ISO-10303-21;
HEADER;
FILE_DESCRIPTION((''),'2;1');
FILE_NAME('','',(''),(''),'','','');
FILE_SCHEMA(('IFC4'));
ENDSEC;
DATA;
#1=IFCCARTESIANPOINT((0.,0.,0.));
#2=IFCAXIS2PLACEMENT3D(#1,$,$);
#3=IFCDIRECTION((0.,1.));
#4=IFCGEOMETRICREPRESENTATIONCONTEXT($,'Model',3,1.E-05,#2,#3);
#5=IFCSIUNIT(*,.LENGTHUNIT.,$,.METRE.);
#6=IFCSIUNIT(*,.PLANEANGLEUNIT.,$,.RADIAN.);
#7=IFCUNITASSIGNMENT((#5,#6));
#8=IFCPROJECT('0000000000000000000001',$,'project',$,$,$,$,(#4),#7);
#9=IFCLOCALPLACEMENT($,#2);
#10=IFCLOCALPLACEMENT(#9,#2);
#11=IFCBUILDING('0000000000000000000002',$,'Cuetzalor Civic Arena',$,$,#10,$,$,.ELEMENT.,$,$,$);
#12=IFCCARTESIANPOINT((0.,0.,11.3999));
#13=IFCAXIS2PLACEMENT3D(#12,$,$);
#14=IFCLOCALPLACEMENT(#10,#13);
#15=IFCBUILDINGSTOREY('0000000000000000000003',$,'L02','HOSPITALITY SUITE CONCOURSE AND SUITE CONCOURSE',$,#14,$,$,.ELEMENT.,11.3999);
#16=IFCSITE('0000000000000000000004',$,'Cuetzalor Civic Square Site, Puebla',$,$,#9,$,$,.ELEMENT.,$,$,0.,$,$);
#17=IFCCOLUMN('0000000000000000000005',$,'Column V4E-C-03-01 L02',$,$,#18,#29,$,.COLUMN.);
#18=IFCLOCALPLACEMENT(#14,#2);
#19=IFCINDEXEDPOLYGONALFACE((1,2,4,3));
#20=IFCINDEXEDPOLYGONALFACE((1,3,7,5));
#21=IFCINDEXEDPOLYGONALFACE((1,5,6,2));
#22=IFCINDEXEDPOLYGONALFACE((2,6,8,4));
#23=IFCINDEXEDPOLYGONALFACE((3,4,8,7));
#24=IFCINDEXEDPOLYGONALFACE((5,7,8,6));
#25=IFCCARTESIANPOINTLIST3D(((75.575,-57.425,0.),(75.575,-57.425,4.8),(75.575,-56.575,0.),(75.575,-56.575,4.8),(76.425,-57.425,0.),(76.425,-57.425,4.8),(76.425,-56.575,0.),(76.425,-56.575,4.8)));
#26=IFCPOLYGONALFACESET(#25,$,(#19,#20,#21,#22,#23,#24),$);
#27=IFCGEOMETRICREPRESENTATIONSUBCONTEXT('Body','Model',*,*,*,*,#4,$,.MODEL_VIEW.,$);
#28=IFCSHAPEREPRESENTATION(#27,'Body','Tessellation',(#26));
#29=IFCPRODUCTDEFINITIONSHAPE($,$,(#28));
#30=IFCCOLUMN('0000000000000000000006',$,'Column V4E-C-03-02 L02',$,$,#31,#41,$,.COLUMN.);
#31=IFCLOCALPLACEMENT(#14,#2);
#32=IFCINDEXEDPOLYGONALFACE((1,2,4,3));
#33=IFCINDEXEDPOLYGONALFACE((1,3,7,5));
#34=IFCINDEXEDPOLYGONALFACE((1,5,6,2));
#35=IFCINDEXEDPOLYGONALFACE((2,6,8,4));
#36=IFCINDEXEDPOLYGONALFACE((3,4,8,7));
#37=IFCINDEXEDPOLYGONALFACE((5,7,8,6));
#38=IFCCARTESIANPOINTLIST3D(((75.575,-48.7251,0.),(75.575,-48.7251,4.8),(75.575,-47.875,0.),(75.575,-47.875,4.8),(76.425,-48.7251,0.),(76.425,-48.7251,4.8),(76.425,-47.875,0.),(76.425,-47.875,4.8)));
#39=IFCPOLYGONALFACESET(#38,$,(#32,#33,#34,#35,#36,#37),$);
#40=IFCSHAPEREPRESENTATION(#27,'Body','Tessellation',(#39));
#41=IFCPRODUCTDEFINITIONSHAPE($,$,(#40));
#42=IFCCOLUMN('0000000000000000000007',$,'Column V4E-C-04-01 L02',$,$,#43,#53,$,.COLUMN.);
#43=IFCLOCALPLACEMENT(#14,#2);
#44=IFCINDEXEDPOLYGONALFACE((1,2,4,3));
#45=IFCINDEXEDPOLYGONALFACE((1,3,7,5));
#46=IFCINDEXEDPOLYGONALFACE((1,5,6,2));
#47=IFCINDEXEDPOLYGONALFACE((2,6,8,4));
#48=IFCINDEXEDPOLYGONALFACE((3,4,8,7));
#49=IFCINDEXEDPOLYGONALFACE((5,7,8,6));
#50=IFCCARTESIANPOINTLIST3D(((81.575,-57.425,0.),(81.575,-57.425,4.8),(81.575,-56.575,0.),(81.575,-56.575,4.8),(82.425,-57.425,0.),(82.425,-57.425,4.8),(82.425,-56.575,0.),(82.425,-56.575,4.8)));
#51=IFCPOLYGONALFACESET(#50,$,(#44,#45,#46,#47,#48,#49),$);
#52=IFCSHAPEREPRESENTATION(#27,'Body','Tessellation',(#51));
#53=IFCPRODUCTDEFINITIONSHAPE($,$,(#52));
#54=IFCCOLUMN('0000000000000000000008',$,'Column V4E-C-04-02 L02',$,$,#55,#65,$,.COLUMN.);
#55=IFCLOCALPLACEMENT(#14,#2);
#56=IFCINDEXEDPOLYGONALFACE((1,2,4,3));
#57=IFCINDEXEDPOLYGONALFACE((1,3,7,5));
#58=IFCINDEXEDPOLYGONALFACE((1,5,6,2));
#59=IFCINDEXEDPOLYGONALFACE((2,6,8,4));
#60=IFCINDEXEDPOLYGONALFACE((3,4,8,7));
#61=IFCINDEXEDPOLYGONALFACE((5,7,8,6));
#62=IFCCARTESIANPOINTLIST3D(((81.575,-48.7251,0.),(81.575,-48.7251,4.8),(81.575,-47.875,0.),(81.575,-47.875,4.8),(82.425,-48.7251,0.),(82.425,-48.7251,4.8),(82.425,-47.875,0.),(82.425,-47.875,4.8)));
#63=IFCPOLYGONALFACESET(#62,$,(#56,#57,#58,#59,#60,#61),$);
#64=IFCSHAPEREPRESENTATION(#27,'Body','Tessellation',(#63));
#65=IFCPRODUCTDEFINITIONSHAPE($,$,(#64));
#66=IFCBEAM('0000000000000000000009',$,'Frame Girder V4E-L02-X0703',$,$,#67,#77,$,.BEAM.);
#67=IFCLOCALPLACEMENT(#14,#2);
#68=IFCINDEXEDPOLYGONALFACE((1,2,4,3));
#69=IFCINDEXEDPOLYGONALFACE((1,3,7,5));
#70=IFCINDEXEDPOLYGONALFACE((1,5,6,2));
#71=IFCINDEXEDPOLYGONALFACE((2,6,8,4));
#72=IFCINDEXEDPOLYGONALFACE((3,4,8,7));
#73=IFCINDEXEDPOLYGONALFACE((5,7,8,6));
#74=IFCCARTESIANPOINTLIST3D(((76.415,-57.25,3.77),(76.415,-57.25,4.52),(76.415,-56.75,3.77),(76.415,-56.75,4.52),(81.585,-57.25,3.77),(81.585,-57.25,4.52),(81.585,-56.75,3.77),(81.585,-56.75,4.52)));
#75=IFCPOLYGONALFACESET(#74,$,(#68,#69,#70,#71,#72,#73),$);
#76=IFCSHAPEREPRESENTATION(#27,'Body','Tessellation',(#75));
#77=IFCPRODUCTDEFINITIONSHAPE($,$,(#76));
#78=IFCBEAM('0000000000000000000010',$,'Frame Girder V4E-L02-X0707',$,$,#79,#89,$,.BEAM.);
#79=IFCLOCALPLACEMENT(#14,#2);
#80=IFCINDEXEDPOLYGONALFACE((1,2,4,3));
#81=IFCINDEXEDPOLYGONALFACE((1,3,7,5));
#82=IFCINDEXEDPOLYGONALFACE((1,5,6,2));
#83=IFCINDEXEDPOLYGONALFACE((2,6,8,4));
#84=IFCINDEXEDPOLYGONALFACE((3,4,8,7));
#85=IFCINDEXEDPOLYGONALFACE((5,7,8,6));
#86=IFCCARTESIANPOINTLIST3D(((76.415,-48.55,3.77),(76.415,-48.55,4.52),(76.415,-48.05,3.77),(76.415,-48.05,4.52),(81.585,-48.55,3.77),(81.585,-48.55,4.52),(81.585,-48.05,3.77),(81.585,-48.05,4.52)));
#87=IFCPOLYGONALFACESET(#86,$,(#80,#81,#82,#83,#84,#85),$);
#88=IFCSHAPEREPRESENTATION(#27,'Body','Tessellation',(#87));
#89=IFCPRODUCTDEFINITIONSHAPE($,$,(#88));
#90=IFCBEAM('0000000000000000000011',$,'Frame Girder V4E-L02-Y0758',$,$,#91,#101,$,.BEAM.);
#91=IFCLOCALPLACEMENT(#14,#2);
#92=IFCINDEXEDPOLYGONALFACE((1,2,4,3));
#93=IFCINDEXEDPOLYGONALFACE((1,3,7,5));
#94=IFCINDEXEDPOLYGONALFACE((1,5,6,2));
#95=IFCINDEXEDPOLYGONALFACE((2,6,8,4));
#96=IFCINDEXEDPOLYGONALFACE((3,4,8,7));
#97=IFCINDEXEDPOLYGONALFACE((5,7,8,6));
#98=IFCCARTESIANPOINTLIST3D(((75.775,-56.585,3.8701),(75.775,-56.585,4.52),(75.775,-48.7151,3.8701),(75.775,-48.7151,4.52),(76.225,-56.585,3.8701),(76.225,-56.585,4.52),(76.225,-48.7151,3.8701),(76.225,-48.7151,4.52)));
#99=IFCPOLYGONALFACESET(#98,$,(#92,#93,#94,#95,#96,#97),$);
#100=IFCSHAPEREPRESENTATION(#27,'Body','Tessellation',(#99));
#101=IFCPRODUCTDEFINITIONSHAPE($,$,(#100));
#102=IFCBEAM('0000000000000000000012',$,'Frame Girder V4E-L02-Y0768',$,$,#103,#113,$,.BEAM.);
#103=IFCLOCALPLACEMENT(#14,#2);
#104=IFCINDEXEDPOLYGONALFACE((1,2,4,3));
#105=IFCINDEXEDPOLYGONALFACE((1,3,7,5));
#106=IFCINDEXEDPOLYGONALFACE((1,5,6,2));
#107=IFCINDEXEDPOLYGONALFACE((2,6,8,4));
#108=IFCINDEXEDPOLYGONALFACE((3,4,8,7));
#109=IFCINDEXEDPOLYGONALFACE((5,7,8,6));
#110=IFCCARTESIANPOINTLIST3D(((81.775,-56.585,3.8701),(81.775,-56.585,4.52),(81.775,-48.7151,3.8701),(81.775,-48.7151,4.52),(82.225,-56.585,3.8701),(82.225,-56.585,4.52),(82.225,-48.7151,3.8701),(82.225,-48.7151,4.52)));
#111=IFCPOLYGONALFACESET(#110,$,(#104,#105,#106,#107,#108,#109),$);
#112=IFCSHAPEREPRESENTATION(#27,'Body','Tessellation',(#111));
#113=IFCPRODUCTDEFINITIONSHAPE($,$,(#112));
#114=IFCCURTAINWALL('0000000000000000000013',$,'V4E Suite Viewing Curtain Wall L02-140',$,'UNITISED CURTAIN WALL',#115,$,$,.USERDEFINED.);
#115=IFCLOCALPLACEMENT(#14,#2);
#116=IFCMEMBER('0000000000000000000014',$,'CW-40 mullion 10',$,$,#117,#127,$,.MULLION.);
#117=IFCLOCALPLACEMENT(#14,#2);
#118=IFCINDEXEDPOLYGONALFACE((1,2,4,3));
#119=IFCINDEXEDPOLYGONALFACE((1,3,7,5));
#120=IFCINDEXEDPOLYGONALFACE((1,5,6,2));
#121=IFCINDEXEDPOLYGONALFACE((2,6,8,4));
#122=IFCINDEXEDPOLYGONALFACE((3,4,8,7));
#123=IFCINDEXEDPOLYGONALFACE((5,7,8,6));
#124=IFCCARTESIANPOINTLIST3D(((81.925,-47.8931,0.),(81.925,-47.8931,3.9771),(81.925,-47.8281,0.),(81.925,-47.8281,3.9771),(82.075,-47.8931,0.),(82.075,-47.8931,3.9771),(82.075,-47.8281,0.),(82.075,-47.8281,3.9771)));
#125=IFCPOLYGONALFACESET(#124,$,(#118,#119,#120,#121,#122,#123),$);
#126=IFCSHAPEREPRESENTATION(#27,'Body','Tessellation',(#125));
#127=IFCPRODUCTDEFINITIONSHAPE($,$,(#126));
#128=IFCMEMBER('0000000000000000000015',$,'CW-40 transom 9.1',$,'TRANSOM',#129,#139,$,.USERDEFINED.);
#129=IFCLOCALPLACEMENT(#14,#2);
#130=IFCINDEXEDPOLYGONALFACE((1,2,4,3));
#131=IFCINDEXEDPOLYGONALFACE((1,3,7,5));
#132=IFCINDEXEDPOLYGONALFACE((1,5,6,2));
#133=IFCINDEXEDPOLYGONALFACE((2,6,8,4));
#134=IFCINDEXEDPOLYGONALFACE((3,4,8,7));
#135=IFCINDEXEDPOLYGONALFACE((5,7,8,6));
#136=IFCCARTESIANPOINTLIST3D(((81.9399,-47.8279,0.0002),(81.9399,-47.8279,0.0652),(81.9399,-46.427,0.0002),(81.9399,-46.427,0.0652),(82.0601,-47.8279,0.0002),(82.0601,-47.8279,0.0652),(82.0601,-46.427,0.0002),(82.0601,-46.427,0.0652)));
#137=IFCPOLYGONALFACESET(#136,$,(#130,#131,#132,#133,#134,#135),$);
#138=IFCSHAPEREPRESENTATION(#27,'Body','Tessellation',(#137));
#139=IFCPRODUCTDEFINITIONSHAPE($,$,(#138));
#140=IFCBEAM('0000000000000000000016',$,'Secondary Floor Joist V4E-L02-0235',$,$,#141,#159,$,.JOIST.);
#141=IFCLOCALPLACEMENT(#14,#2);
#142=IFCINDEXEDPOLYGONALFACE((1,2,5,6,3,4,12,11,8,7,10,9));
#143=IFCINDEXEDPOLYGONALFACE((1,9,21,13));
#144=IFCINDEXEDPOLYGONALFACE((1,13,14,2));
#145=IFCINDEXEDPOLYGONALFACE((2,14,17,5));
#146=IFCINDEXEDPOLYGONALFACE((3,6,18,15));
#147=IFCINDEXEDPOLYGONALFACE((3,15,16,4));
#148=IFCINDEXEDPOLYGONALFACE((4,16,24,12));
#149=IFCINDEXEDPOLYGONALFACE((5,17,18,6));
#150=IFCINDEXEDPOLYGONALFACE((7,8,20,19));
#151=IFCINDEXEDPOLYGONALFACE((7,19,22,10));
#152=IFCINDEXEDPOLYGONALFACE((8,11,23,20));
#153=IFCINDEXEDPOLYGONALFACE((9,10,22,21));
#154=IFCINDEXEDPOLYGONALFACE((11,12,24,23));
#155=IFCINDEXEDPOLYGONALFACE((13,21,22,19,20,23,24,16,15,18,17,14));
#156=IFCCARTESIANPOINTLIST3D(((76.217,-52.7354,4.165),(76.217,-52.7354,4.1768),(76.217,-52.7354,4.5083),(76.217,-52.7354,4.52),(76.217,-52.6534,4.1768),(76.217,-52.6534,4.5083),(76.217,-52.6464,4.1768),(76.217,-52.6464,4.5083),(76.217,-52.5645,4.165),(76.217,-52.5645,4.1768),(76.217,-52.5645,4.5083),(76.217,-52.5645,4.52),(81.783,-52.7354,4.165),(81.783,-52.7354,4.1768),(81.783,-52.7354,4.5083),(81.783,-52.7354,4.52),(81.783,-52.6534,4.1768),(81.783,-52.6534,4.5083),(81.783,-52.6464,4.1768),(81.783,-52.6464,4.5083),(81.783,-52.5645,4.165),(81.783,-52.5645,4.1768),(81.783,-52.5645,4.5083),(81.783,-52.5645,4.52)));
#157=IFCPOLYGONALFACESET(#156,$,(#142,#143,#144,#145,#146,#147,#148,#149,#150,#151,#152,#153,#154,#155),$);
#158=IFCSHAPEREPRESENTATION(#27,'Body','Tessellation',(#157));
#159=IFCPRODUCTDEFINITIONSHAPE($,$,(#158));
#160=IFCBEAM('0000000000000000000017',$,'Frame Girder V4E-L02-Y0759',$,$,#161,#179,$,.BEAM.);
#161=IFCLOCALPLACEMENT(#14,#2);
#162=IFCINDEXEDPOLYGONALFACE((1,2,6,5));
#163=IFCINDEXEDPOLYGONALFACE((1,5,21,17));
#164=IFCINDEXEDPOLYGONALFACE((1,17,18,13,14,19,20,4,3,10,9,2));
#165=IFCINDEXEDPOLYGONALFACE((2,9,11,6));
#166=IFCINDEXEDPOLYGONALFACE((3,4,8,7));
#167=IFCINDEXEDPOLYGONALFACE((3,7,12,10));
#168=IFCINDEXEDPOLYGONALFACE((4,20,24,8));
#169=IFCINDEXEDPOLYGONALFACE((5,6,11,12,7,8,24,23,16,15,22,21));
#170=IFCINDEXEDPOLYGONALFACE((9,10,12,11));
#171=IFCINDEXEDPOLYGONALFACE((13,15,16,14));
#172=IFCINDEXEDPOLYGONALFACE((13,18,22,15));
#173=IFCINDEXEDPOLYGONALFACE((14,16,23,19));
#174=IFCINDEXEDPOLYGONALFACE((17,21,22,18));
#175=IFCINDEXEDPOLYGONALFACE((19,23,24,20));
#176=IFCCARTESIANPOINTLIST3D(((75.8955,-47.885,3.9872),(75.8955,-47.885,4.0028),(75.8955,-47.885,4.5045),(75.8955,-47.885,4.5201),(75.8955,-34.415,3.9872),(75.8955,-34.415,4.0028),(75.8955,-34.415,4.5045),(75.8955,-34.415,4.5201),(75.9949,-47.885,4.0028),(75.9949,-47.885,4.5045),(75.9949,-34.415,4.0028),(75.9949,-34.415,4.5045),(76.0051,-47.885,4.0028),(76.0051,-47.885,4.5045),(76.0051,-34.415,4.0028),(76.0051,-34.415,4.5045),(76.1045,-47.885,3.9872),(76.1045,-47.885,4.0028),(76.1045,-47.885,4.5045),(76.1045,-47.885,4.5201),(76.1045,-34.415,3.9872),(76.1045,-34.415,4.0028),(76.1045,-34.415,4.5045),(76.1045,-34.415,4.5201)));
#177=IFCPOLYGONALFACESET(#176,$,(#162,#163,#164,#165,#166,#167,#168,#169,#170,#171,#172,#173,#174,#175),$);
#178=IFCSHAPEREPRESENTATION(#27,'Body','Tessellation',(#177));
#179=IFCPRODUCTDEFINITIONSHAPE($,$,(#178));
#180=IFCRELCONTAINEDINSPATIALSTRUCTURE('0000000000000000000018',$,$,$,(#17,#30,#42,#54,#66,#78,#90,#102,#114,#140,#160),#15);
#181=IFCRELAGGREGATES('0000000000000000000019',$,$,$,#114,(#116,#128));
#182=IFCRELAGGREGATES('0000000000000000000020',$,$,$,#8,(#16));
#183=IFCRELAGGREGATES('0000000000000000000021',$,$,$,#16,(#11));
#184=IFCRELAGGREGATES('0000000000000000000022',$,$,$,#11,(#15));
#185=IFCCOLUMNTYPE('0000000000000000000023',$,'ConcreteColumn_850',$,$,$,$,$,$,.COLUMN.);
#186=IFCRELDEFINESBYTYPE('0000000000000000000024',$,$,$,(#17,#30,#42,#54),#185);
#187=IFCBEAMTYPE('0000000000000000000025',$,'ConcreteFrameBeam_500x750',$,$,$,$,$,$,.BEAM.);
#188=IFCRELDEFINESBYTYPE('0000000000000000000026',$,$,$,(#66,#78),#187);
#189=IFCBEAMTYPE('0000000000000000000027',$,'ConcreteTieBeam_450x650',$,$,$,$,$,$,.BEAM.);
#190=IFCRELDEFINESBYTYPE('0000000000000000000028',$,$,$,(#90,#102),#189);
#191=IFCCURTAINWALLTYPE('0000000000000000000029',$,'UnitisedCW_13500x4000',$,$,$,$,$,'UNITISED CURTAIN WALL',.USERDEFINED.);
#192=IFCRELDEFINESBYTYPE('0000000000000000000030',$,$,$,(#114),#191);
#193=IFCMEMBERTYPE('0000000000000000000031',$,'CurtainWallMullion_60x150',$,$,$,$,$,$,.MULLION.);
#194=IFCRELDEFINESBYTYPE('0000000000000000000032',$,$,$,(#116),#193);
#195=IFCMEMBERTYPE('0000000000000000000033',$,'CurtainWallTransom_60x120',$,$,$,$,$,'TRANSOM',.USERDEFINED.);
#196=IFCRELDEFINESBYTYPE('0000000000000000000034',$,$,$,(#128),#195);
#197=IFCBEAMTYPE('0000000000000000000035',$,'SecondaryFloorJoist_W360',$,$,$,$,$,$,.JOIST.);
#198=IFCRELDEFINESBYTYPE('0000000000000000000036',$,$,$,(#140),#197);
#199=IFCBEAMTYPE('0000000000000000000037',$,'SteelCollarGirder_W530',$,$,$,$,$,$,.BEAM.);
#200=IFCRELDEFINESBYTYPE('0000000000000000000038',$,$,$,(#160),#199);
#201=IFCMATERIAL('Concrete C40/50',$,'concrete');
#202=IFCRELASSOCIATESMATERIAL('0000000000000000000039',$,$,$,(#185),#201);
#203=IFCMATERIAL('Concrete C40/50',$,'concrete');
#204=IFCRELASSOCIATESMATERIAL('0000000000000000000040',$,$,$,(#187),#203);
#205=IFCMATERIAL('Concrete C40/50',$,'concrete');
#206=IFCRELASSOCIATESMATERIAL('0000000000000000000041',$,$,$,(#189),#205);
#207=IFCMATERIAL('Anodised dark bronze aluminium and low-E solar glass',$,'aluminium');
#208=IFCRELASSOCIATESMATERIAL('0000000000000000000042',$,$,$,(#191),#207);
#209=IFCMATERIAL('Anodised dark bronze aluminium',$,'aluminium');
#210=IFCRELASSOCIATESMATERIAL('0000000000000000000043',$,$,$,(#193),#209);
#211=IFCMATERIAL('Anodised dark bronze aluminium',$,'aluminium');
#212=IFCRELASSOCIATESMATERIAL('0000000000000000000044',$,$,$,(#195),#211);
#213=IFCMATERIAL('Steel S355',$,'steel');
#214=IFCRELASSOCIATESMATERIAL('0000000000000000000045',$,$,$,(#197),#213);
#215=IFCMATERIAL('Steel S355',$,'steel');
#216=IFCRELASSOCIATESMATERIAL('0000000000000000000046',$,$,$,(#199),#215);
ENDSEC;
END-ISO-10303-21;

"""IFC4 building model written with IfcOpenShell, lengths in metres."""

from ifc_helpers import new_model, si_unit, direction, frame, origin, origin_2d, place, context, subcontext, project, spatial, rectangle, i_section, extrude, material, material_profile, profile_set, type_object, element, aggregate, save


model = new_model("IFC4")

# Units and contexts
model_context = context("Model", 3, precision=1e-05, world=origin(), true_north=direction((0.0, 1.0)))
body_context = subcontext(model_context, "Body", "Model", "MODEL_VIEW")
ifc_project = project(units=[si_unit("LENGTHUNIT", "METRE"), si_unit("PLANEANGLEUNIT", "RADIAN")], contexts=[model_context])

# Site, building, storey
site_placement = place(None, origin())
site = spatial("IfcSite", under=ifc_project, at=site_placement, Name="Cuetzalor Civic Square Site, Puebla", CompositionType="ELEMENT", RefElevation=0.0)
building_placement = place(site_placement, origin())
building = spatial("IfcBuilding", under=site, at=building_placement, Name="Cuetzalor Civic Arena", CompositionType="ELEMENT")
storey_placement = place(building_placement, frame((0.0, 0.0, 11.3999)))
storey = spatial("IfcBuildingStorey", under=building, at=storey_placement, Name="L02", Description="HOSPITALITY SUITE CONCOURSE AND SUITE CONCOURSE", CompositionType="ELEMENT", Elevation=11.3999)

# Columns
ifc_material_1 = material(Name="Concrete C40/50", Category="concrete")
ifc_material_profile_1 = material_profile(ifc_material_1, rectangle(XDim=0.8501, YDim=0.8501, at=origin_2d()), Name="RC 850x850")
ifc_profile_set_1 = profile_set([ifc_material_profile_1], Name="Concrete C40/50")
column_type = type_object("IfcColumnType", Name="ConcreteColumn_850", PredefinedType="COLUMN", material=ifc_profile_set_1)
for number, where, z_axis, x_axis, name in (
    (1, (76.0, -57.0, 0.0), (0.0, 0.0, 1.0), (1.0, 0.0, 0.0), "Column V4E-C-03-01 L02"),
    (2, (76.0, -48.3, 0.0), (0.0, 0.0, 1.0), (1.0, 0.0, 0.0), "Column V4E-C-03-02 L02"),
    (3, (82.0, -57.0, 0.0), (0.0, 0.0, 1.0), (1.0, 0.0, 0.0), "Column V4E-C-04-01 L02"),
    (4, (82.0, -48.3, 0.0), (0.0, 0.0, 1.0), (1.0, 0.0, 0.0), "Column V4E-C-04-02 L02"),
):
    element("IfcColumn", number, at=place(storey_placement, frame(where, z_axis=z_axis, x_axis=x_axis)), inside=storey, type_object=column_type, Name=name, PredefinedType="COLUMN", context=body_context, shape_type="SweptSolid", body=[
        extrude(rectangle(XDim=0.8501, YDim=0.8501, at=origin_2d()), origin(), (0.0, 0.0, 1.0), 4.8),
    ])

# Beams
ifc_material_2 = material(Name="Concrete C40/50", Category="concrete")
ifc_material_profile_2 = material_profile(ifc_material_2, rectangle(XDim=0.5, YDim=0.75, at=origin_2d()), Name="RC 500x750")
ifc_profile_set_2 = profile_set([ifc_material_profile_2], Name="Concrete C40/50")
beam_type_1 = type_object("IfcBeamType", Name="ConcreteFrameBeam_500x750", PredefinedType="BEAM", material=ifc_profile_set_2)
for number, where, z_axis, x_axis, name in (
    (5, (76.415, -57.0, 4.145), (1.0, 0.0, 0.0), (0.0, 1.0, 0.0), "Frame Girder V4E-L02-X0703"),
    (6, (76.415, -48.3, 4.145), (1.0, 0.0, 0.0), (0.0, 1.0, 0.0), "Frame Girder V4E-L02-X0707"),
):
    element("IfcBeam", number, at=place(storey_placement, frame(where, z_axis=z_axis, x_axis=x_axis)), inside=storey, type_object=beam_type_1, Name=name, PredefinedType="BEAM", context=body_context, shape_type="SweptSolid", body=[
        extrude(rectangle(XDim=0.5, YDim=0.75, at=origin_2d()), origin(), (0.0, 0.0, 1.0), 5.1699),
    ])
ifc_material_3 = material(Name="Concrete C40/50", Category="concrete")
ifc_material_profile_3 = material_profile(ifc_material_3, rectangle(XDim=0.45, YDim=0.6499, at=origin_2d()), Name="RC 450x650")
ifc_profile_set_3 = profile_set([ifc_material_profile_3], Name="Concrete C40/50")
beam_type_2 = type_object("IfcBeamType", Name="ConcreteTieBeam_450x650", PredefinedType="BEAM", material=ifc_profile_set_3)
for number, where, z_axis, x_axis, name in (
    (7, (76.0, -56.585, 4.1951), (0.0, 1.0, 0.0), (-1.0, 0.0, 0.0), "Frame Girder V4E-L02-Y0758"),
    (8, (82.0, -56.585, 4.1951), (0.0, 1.0, 0.0), (-1.0, 0.0, 0.0), "Frame Girder V4E-L02-Y0768"),
):
    element("IfcBeam", number, at=place(storey_placement, frame(where, z_axis=z_axis, x_axis=x_axis)), inside=storey, type_object=beam_type_2, Name=name, PredefinedType="BEAM", context=body_context, shape_type="SweptSolid", body=[
        extrude(rectangle(XDim=0.45, YDim=0.6499, at=origin_2d()), origin(), (0.0, 0.0, 1.0), 7.8699),
    ])

# Curtain wall, members
ifc_material_4 = material(Name="Anodised dark bronze aluminium and low-E solar glass", Category="aluminium")
curtain_wall_type = type_object("IfcCurtainWallType", Name="UnitisedCW_13500x4000", ElementType="UNITISED CURTAIN WALL", PredefinedType="USERDEFINED", material=ifc_material_4)
curtain_wall_placement = place(storey_placement, origin())
curtain_wall = element("IfcCurtainWall", 9, at=curtain_wall_placement, inside=storey, type_object=curtain_wall_type, Name="V4E Suite Viewing Curtain Wall L02-140", ObjectType="UNITISED CURTAIN WALL", PredefinedType="USERDEFINED")
ifc_material_5 = material(Name="Anodised dark bronze aluminium", Category="aluminium")
ifc_material_profile_4 = material_profile(ifc_material_5, rectangle(XDim=0.0649, YDim=0.1499, at=origin_2d()), Name="ALU MULLION 65x150")
ifc_profile_set_4 = profile_set([ifc_material_profile_4], Name="Anodised dark bronze aluminium")
member_type_1 = type_object("IfcMemberType", Name="CurtainWallMullion_60x150", PredefinedType="MULLION", material=ifc_profile_set_4)
member_1_placement = place(storey_placement, frame((82.0, -47.8606, 0.0), z_axis=(0.0, 0.0, 1.0), x_axis=(0.0, -1.0, 0.0)))
member_1 = element("IfcMember", 10, at=member_1_placement, type_object=member_type_1, Name="CW-40 mullion 10", PredefinedType="MULLION", context=body_context, shape_type="SweptSolid", body=[
    extrude(rectangle(XDim=0.0649, YDim=0.1499, at=origin_2d()), origin(), (0.0, 0.0, 1.0), 3.9771),
])
ifc_material_6 = material(Name="Anodised dark bronze aluminium", Category="aluminium")
ifc_material_profile_5 = material_profile(ifc_material_6, rectangle(XDim=0.1201, YDim=0.0649, at=origin_2d()), Name="ALU TRANSOM 65x120")
ifc_profile_set_5 = profile_set([ifc_material_profile_5], Name="Anodised dark bronze aluminium")
member_type_2 = type_object("IfcMemberType", Name="CurtainWallTransom_60x120", ElementType="TRANSOM", PredefinedType="USERDEFINED", material=ifc_profile_set_5)
member_2_placement = place(storey_placement, frame((82.0, -46.427, 0.0327), z_axis=(0.0, -1.0, 0.0), x_axis=(1.0, 0.0, 0.0)))
member_2 = element("IfcMember", 11, at=member_2_placement, type_object=member_type_2, Name="CW-40 transom 9.1", ObjectType="TRANSOM", PredefinedType="USERDEFINED", context=body_context, shape_type="SweptSolid", body=[
    extrude(rectangle(XDim=0.1201, YDim=0.0649, at=origin_2d()), origin(), (0.0, 0.0, 1.0), 1.4009),
])

# Beams
ifc_material_7 = material(Name="Steel S355", Category="steel")
ifc_material_profile_6 = material_profile(ifc_material_7, i_section(OverallWidth=0.1709, OverallDepth=0.355, WebThickness=0.0071, FlangeThickness=0.0117, at=origin_2d()), Name="W360x51")
ifc_profile_set_6 = profile_set([ifc_material_profile_6], Name="Steel S355")
beam_type_3 = type_object("IfcBeamType", Name="SecondaryFloorJoist_W360", PredefinedType="JOIST", material=ifc_profile_set_6)
beam_placement = place(storey_placement, frame((76.217, -52.6499, 4.3425), z_axis=(1.0, 0.0, 0.0), x_axis=(0.0, 1.0, 0.0)))
element("IfcBeam", 12, at=beam_placement, inside=storey, type_object=beam_type_3, Name="Secondary Floor Joist V4E-L02-0235", PredefinedType="JOIST", context=body_context, shape_type="SweptSolid", body=[
    extrude(i_section(OverallWidth=0.1709, OverallDepth=0.355, WebThickness=0.0071, FlangeThickness=0.0117, at=origin_2d()), origin(), (0.0, 0.0, 1.0), 5.5659),
])
ifc_material_8 = material(Name="Steel S355", Category="steel")
ifc_material_profile_7 = material_profile(ifc_material_8, i_section(OverallWidth=0.209, OverallDepth=0.533, WebThickness=0.0103, FlangeThickness=0.0156, at=origin_2d()), Name="W530x92")
ifc_profile_set_7 = profile_set([ifc_material_profile_7], Name="Steel S355")
beam_type_4 = type_object("IfcBeamType", Name="SteelCollarGirder_W530", PredefinedType="BEAM", material=ifc_profile_set_7)
for number, where, z_axis, x_axis, name in (
    (13, (76.0, -47.885, 4.2537), (0.0, 1.0, 0.0), (-1.0, 0.0, 0.0), "Frame Girder V4E-L02-Y0759"),
):
    element("IfcBeam", number, at=place(storey_placement, frame(where, z_axis=z_axis, x_axis=x_axis)), inside=storey, type_object=beam_type_4, Name=name, PredefinedType="BEAM", context=body_context, shape_type="SweptSolid", body=[
        extrude(i_section(OverallWidth=0.209, OverallDepth=0.533, WebThickness=0.0103, FlangeThickness=0.0156, at=origin_2d()), origin(), (0.0, 0.0, 1.0), 13.47),
    ])

aggregate(curtain_wall, [member_1, member_2])

save(model, "model.ifc")
